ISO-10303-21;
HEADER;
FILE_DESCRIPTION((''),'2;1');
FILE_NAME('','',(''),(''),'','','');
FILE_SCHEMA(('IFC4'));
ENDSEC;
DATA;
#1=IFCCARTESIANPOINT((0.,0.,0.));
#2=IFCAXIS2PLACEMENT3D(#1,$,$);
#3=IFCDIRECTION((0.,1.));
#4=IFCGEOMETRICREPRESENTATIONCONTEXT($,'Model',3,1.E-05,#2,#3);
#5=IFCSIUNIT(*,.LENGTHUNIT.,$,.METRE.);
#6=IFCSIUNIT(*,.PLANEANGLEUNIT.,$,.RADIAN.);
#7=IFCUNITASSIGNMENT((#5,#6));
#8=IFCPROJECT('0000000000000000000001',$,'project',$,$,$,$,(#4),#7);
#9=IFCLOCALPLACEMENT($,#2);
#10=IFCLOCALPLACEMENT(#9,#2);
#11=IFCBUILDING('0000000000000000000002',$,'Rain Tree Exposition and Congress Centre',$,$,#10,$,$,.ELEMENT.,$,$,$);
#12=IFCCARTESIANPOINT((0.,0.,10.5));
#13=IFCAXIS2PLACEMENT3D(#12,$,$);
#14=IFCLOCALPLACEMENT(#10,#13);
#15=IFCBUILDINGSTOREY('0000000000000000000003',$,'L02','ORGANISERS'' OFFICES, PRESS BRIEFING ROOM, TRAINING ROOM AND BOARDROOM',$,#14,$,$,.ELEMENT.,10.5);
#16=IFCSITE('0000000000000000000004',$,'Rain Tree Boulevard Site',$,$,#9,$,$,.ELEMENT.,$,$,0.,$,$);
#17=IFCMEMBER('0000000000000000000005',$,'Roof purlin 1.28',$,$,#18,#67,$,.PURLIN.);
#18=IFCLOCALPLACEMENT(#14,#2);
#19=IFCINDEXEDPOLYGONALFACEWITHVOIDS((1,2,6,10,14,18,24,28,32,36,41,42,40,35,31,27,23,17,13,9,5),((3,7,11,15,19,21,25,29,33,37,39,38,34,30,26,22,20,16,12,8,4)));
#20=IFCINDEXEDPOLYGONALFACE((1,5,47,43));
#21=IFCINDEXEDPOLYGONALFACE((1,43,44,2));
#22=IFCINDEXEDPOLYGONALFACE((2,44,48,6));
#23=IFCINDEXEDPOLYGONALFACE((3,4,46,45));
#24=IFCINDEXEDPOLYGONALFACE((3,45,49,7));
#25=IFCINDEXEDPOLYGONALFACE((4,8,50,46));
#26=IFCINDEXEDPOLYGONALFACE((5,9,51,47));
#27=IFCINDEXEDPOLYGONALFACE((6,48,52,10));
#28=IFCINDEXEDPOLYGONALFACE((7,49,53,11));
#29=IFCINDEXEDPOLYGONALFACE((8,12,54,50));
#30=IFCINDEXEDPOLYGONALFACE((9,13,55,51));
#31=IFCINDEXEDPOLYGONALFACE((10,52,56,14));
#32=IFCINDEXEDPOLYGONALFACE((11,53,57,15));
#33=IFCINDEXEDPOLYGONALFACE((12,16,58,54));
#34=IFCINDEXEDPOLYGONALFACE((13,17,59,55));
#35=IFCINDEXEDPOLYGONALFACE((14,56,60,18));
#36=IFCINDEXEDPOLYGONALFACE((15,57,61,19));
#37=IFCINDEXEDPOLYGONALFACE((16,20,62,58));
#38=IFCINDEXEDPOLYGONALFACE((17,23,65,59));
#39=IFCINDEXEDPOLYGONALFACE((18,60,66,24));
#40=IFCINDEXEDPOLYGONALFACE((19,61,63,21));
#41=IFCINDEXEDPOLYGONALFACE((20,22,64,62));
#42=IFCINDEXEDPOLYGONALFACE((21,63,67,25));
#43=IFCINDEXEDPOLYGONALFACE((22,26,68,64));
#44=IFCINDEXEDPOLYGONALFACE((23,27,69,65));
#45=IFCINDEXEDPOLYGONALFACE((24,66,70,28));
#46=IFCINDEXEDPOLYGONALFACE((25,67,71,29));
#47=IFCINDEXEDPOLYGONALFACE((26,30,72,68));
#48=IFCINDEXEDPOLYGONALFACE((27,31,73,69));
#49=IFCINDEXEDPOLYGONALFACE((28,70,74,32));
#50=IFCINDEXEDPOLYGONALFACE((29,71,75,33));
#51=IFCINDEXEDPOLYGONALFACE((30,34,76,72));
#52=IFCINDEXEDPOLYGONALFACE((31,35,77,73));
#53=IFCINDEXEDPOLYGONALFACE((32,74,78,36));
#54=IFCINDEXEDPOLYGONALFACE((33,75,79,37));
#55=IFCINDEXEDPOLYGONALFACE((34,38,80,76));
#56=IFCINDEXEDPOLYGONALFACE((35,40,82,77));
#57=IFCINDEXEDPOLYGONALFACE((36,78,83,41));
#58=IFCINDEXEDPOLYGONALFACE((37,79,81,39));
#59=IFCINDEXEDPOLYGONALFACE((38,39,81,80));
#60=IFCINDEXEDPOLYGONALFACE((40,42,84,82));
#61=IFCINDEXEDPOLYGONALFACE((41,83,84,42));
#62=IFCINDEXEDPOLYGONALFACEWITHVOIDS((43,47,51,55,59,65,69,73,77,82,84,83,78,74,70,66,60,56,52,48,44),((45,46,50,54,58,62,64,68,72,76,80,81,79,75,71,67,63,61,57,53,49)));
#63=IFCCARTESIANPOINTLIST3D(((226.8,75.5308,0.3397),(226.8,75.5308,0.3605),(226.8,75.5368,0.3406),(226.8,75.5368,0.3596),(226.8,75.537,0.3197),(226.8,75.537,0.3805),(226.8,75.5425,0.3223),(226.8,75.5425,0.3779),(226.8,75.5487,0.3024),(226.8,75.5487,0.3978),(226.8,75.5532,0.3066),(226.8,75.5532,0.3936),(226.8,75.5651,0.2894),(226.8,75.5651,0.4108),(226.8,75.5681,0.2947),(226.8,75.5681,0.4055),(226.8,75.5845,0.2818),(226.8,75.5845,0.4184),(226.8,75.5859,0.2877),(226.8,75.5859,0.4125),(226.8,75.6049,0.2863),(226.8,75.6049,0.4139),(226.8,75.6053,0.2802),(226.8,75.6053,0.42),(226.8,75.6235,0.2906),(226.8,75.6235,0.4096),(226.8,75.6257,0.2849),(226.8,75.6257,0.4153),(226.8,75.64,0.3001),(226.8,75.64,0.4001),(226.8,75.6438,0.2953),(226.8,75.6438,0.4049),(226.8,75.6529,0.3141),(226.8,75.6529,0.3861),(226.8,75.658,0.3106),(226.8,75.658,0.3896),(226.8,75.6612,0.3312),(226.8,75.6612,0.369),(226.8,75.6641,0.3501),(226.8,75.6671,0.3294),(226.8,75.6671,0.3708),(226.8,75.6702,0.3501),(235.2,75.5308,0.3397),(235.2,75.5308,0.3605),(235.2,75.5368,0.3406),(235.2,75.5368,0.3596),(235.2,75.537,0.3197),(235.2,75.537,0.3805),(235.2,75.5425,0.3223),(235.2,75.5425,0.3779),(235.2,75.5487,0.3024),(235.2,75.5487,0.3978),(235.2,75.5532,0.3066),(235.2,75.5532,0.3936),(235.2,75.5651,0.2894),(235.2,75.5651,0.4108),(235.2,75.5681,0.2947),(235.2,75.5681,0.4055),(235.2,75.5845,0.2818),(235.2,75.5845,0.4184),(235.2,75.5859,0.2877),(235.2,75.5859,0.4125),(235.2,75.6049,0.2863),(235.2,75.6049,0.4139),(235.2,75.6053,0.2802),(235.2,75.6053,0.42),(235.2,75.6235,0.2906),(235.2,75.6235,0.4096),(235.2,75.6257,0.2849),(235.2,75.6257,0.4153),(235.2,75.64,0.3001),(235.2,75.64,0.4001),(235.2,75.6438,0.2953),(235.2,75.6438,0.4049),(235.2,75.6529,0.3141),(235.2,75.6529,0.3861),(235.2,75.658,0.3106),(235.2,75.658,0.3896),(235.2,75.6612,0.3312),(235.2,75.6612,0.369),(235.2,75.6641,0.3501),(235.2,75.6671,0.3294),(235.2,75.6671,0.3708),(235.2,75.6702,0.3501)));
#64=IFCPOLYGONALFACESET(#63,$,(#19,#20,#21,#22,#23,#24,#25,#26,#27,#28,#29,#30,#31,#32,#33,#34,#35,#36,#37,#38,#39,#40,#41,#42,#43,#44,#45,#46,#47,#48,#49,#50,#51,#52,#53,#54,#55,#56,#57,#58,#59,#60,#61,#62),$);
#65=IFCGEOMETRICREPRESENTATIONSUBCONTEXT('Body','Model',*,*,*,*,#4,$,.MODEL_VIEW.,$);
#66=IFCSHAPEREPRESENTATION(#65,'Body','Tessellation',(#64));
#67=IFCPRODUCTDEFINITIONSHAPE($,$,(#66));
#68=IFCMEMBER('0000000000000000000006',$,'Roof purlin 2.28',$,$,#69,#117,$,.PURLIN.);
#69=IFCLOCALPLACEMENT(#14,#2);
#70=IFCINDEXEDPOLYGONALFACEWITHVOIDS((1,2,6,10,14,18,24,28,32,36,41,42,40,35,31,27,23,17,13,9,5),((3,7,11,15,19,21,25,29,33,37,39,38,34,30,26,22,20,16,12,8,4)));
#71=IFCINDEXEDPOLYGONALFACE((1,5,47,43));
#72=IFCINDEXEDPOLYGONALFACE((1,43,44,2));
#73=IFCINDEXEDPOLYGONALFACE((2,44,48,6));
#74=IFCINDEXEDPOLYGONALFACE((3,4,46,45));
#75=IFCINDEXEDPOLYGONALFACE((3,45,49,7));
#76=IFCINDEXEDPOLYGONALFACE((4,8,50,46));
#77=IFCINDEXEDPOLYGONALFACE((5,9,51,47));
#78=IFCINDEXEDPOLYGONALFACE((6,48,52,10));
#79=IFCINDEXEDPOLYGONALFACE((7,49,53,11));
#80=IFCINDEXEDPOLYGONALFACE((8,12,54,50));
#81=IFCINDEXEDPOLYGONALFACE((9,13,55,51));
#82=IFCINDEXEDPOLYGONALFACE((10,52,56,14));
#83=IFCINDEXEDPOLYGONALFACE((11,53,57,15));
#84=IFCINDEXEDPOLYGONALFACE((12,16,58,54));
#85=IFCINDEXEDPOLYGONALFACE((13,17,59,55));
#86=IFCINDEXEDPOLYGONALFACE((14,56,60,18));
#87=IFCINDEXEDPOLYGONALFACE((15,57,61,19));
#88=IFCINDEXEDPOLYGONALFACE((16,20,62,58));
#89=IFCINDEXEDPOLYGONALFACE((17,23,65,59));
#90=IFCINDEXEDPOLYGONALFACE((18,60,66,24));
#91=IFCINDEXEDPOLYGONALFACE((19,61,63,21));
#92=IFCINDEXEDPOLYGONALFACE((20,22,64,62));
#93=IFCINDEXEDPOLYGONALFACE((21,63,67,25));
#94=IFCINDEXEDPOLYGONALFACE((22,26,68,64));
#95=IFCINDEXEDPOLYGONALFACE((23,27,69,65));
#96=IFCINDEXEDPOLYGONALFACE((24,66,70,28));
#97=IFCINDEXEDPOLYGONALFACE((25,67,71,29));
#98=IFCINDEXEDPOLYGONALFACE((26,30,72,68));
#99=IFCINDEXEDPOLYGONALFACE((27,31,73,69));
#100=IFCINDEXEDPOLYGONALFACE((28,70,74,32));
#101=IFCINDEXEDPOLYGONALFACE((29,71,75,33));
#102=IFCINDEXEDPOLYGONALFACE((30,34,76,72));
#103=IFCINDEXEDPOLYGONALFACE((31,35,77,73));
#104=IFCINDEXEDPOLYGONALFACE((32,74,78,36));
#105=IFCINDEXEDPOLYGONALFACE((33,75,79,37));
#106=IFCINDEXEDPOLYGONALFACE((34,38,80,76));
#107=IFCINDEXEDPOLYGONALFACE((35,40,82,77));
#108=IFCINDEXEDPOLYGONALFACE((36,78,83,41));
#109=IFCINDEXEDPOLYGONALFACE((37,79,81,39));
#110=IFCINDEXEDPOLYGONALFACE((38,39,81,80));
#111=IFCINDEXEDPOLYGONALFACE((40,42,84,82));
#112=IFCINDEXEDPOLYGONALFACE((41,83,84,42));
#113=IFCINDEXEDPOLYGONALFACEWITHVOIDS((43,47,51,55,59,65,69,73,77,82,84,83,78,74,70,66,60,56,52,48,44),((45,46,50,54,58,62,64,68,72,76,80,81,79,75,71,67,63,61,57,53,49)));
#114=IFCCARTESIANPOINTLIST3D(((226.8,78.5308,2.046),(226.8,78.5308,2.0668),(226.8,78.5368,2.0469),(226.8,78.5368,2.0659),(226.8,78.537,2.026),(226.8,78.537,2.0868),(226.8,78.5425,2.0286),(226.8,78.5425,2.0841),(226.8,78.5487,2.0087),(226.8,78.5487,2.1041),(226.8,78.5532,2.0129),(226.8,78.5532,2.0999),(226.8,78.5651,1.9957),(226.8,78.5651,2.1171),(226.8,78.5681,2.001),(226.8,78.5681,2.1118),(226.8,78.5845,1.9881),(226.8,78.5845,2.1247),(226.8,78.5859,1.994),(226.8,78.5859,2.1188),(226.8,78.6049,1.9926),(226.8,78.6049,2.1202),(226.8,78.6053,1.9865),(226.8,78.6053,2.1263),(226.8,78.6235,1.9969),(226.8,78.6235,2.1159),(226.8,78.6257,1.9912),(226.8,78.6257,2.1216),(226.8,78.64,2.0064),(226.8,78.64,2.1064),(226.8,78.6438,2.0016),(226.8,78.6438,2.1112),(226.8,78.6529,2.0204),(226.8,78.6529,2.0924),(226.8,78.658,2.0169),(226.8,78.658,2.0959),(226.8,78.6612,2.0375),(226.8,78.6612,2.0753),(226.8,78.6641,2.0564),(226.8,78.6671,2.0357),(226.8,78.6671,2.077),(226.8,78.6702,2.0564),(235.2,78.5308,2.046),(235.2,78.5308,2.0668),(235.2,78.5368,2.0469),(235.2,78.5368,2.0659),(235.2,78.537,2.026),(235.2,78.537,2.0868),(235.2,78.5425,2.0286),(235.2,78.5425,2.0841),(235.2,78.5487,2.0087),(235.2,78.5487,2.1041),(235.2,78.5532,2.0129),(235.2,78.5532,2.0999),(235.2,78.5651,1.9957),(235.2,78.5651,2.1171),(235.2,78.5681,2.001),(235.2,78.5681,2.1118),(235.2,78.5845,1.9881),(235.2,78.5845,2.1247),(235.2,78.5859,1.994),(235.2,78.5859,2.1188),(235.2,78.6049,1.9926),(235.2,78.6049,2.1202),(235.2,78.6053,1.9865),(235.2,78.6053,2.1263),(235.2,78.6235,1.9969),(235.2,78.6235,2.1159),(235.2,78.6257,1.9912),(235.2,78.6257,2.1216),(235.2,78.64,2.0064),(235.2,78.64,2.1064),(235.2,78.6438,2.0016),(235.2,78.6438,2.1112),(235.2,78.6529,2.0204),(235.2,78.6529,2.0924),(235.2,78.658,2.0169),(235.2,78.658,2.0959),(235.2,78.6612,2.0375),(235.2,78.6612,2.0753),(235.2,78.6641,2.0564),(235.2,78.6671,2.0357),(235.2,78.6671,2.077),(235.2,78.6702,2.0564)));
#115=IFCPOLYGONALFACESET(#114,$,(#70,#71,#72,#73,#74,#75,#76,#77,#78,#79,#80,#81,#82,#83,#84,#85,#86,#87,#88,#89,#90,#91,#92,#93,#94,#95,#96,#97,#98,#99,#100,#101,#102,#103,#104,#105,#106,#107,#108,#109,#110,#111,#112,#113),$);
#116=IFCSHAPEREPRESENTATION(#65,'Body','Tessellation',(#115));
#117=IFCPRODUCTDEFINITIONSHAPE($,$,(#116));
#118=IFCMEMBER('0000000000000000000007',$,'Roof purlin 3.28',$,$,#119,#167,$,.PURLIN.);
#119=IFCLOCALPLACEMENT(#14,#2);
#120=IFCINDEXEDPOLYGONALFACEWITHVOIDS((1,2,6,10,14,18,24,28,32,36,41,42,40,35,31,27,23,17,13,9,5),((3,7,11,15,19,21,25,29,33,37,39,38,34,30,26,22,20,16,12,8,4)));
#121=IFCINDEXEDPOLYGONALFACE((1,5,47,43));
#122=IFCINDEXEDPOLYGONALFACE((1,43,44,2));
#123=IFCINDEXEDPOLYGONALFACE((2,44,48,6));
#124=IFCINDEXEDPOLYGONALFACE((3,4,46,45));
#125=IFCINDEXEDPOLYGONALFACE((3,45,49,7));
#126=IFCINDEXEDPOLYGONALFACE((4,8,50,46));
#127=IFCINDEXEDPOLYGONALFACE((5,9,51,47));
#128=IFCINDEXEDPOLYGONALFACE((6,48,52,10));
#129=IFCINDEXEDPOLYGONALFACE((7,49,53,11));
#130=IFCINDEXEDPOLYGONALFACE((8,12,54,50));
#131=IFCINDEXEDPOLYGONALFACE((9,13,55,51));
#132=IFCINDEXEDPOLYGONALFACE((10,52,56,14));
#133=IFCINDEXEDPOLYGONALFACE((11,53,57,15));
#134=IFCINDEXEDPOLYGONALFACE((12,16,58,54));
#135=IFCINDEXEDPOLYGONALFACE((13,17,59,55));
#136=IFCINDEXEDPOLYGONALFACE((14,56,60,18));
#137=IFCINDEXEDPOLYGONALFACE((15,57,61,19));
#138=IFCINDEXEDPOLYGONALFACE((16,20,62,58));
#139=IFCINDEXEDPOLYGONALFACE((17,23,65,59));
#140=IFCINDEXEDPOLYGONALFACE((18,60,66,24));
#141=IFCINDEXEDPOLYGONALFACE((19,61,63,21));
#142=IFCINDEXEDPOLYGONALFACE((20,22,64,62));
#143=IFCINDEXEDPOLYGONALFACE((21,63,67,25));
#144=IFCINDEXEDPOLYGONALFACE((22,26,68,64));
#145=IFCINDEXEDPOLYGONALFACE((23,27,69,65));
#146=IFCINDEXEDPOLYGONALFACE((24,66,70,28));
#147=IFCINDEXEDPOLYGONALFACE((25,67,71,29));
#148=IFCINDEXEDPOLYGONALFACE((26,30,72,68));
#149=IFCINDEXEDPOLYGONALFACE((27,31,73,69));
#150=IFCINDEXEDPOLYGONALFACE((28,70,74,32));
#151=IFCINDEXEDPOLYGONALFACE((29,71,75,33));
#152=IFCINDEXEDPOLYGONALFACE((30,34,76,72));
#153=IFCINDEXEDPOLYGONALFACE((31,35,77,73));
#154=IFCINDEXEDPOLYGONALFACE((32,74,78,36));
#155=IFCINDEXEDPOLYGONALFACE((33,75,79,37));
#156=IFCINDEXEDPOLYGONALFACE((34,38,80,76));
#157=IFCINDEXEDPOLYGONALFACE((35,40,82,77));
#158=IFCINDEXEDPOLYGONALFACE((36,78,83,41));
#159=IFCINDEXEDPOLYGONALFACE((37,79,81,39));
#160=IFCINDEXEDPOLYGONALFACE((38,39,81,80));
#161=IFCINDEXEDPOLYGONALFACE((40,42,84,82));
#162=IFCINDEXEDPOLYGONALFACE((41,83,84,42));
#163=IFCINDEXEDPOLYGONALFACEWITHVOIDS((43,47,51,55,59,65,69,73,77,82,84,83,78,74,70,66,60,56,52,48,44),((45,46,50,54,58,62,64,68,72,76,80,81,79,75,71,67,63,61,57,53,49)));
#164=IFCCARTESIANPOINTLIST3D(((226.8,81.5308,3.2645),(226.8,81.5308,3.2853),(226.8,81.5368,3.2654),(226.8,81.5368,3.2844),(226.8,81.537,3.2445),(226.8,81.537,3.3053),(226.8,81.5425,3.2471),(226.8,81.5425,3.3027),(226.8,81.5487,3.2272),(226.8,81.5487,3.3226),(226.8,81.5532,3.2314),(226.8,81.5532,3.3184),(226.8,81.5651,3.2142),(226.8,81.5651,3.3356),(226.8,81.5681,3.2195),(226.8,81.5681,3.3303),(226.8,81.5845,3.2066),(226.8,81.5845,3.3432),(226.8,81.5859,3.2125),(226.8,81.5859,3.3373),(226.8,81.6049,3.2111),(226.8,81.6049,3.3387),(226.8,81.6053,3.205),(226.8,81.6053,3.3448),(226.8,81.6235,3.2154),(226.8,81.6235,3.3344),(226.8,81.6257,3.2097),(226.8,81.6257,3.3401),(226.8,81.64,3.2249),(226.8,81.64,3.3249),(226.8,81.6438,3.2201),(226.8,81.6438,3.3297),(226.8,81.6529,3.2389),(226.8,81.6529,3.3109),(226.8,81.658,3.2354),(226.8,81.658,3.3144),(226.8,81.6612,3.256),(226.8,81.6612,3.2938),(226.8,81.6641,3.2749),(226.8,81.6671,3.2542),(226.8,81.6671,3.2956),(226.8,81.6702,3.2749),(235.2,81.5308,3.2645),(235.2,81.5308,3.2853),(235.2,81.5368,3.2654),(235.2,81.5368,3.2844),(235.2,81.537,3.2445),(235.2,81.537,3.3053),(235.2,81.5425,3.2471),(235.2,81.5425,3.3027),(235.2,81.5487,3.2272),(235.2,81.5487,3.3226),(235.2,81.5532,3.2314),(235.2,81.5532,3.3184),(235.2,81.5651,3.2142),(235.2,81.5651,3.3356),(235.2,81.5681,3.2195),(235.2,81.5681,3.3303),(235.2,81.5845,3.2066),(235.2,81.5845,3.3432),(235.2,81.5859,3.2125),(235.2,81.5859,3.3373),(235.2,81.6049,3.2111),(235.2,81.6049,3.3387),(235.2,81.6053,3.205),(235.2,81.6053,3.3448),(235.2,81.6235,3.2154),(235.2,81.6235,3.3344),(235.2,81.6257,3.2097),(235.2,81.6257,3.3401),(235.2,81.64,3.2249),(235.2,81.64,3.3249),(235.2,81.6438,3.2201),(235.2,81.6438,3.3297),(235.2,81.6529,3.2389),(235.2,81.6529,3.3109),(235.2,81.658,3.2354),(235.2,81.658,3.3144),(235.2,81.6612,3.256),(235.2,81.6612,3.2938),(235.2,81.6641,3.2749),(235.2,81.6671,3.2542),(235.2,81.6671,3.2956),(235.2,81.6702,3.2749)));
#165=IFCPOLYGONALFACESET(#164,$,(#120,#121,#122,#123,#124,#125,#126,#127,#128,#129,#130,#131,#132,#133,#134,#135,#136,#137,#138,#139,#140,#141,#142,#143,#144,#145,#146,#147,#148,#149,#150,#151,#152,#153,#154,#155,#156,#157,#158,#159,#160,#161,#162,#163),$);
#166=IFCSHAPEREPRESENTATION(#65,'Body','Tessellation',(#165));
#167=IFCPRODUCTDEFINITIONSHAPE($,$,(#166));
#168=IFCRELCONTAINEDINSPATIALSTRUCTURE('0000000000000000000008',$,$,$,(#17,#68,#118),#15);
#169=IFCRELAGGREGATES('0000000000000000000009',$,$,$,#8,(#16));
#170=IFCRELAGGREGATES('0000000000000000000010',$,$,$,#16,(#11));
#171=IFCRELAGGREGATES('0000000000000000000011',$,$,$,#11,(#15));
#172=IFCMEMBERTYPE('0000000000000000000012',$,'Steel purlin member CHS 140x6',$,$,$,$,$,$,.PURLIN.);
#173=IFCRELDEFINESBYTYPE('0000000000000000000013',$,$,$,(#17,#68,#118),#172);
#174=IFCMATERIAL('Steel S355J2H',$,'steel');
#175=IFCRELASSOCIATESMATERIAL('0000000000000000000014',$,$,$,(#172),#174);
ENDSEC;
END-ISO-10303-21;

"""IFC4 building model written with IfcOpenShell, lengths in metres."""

from ifc_helpers import new_model, si_unit, direction, frame, origin, origin_2d, place, context, subcontext, project, spatial, hollow_circle, extrude, material, material_profile, profile_set, type_object, element, save


model = new_model("IFC4")

# Units and contexts
model_context = context("Model", 3, precision=1e-05, world=origin(), true_north=direction((0.0, 1.0)))
body_context = subcontext(model_context, "Body", "Model", "MODEL_VIEW")
ifc_project = project(units=[si_unit("LENGTHUNIT", "METRE"), si_unit("PLANEANGLEUNIT", "RADIAN")], contexts=[model_context])

# Site, building, storey
site_placement = place(None, origin())
site = spatial("IfcSite", under=ifc_project, at=site_placement, Name="Rain Tree Boulevard Site", CompositionType="ELEMENT", RefElevation=0.0)
building_placement = place(site_placement, origin())
building = spatial("IfcBuilding", under=site, at=building_placement, Name="Rain Tree Exposition and Congress Centre", CompositionType="ELEMENT")
storey_placement = place(building_placement, frame((0.0, 0.0, 10.5)))
storey = spatial("IfcBuildingStorey", under=building, at=storey_placement, Name="L02", Description="ORGANISERS' OFFICES, PRESS BRIEFING ROOM, TRAINING ROOM AND BOARDROOM", CompositionType="ELEMENT", Elevation=10.5)

# Members
ifc_material_1 = material(Name="Steel S355J2H", Category="steel")
ifc_material_profile_1 = material_profile(ifc_material_1, hollow_circle(Radius=0.0701, WallThickness=0.0061, at=origin_2d()), Name="CHS 140x6")
ifc_profile_set_1 = profile_set([ifc_material_profile_1], Name="Steel S355J2H")
member_type_1 = type_object("IfcMemberType", Name="Steel purlin member CHS 140x6", PredefinedType="PURLIN", material=ifc_profile_set_1)
for number, where, z_axis, x_axis, name in (
    (1, (226.8, 75.6001, 0.3501), (1.0, 0.0, 0.0), (0.0, 1.0, 0.0), "Roof purlin 1.28"),
    (2, (226.8, 78.6001, 2.0564), (1.0, 0.0, 0.0), (0.0, 1.0, 0.0), "Roof purlin 2.28"),
    (3, (226.8, 81.6001, 3.2749), (1.0, 0.0, 0.0), (0.0, 1.0, 0.0), "Roof purlin 3.28"),
):
    element("IfcMember", number, at=place(storey_placement, frame(where, z_axis=z_axis, x_axis=x_axis)), inside=storey, type_object=member_type_1, Name=name, PredefinedType="PURLIN", context=body_context, shape_type="SweptSolid", body=[
        extrude(hollow_circle(Radius=0.0701, WallThickness=0.0061, at=origin_2d()), origin(), (0.0, 0.0, 1.0), 8.3999),
    ])

save(model, "model.ifc")
